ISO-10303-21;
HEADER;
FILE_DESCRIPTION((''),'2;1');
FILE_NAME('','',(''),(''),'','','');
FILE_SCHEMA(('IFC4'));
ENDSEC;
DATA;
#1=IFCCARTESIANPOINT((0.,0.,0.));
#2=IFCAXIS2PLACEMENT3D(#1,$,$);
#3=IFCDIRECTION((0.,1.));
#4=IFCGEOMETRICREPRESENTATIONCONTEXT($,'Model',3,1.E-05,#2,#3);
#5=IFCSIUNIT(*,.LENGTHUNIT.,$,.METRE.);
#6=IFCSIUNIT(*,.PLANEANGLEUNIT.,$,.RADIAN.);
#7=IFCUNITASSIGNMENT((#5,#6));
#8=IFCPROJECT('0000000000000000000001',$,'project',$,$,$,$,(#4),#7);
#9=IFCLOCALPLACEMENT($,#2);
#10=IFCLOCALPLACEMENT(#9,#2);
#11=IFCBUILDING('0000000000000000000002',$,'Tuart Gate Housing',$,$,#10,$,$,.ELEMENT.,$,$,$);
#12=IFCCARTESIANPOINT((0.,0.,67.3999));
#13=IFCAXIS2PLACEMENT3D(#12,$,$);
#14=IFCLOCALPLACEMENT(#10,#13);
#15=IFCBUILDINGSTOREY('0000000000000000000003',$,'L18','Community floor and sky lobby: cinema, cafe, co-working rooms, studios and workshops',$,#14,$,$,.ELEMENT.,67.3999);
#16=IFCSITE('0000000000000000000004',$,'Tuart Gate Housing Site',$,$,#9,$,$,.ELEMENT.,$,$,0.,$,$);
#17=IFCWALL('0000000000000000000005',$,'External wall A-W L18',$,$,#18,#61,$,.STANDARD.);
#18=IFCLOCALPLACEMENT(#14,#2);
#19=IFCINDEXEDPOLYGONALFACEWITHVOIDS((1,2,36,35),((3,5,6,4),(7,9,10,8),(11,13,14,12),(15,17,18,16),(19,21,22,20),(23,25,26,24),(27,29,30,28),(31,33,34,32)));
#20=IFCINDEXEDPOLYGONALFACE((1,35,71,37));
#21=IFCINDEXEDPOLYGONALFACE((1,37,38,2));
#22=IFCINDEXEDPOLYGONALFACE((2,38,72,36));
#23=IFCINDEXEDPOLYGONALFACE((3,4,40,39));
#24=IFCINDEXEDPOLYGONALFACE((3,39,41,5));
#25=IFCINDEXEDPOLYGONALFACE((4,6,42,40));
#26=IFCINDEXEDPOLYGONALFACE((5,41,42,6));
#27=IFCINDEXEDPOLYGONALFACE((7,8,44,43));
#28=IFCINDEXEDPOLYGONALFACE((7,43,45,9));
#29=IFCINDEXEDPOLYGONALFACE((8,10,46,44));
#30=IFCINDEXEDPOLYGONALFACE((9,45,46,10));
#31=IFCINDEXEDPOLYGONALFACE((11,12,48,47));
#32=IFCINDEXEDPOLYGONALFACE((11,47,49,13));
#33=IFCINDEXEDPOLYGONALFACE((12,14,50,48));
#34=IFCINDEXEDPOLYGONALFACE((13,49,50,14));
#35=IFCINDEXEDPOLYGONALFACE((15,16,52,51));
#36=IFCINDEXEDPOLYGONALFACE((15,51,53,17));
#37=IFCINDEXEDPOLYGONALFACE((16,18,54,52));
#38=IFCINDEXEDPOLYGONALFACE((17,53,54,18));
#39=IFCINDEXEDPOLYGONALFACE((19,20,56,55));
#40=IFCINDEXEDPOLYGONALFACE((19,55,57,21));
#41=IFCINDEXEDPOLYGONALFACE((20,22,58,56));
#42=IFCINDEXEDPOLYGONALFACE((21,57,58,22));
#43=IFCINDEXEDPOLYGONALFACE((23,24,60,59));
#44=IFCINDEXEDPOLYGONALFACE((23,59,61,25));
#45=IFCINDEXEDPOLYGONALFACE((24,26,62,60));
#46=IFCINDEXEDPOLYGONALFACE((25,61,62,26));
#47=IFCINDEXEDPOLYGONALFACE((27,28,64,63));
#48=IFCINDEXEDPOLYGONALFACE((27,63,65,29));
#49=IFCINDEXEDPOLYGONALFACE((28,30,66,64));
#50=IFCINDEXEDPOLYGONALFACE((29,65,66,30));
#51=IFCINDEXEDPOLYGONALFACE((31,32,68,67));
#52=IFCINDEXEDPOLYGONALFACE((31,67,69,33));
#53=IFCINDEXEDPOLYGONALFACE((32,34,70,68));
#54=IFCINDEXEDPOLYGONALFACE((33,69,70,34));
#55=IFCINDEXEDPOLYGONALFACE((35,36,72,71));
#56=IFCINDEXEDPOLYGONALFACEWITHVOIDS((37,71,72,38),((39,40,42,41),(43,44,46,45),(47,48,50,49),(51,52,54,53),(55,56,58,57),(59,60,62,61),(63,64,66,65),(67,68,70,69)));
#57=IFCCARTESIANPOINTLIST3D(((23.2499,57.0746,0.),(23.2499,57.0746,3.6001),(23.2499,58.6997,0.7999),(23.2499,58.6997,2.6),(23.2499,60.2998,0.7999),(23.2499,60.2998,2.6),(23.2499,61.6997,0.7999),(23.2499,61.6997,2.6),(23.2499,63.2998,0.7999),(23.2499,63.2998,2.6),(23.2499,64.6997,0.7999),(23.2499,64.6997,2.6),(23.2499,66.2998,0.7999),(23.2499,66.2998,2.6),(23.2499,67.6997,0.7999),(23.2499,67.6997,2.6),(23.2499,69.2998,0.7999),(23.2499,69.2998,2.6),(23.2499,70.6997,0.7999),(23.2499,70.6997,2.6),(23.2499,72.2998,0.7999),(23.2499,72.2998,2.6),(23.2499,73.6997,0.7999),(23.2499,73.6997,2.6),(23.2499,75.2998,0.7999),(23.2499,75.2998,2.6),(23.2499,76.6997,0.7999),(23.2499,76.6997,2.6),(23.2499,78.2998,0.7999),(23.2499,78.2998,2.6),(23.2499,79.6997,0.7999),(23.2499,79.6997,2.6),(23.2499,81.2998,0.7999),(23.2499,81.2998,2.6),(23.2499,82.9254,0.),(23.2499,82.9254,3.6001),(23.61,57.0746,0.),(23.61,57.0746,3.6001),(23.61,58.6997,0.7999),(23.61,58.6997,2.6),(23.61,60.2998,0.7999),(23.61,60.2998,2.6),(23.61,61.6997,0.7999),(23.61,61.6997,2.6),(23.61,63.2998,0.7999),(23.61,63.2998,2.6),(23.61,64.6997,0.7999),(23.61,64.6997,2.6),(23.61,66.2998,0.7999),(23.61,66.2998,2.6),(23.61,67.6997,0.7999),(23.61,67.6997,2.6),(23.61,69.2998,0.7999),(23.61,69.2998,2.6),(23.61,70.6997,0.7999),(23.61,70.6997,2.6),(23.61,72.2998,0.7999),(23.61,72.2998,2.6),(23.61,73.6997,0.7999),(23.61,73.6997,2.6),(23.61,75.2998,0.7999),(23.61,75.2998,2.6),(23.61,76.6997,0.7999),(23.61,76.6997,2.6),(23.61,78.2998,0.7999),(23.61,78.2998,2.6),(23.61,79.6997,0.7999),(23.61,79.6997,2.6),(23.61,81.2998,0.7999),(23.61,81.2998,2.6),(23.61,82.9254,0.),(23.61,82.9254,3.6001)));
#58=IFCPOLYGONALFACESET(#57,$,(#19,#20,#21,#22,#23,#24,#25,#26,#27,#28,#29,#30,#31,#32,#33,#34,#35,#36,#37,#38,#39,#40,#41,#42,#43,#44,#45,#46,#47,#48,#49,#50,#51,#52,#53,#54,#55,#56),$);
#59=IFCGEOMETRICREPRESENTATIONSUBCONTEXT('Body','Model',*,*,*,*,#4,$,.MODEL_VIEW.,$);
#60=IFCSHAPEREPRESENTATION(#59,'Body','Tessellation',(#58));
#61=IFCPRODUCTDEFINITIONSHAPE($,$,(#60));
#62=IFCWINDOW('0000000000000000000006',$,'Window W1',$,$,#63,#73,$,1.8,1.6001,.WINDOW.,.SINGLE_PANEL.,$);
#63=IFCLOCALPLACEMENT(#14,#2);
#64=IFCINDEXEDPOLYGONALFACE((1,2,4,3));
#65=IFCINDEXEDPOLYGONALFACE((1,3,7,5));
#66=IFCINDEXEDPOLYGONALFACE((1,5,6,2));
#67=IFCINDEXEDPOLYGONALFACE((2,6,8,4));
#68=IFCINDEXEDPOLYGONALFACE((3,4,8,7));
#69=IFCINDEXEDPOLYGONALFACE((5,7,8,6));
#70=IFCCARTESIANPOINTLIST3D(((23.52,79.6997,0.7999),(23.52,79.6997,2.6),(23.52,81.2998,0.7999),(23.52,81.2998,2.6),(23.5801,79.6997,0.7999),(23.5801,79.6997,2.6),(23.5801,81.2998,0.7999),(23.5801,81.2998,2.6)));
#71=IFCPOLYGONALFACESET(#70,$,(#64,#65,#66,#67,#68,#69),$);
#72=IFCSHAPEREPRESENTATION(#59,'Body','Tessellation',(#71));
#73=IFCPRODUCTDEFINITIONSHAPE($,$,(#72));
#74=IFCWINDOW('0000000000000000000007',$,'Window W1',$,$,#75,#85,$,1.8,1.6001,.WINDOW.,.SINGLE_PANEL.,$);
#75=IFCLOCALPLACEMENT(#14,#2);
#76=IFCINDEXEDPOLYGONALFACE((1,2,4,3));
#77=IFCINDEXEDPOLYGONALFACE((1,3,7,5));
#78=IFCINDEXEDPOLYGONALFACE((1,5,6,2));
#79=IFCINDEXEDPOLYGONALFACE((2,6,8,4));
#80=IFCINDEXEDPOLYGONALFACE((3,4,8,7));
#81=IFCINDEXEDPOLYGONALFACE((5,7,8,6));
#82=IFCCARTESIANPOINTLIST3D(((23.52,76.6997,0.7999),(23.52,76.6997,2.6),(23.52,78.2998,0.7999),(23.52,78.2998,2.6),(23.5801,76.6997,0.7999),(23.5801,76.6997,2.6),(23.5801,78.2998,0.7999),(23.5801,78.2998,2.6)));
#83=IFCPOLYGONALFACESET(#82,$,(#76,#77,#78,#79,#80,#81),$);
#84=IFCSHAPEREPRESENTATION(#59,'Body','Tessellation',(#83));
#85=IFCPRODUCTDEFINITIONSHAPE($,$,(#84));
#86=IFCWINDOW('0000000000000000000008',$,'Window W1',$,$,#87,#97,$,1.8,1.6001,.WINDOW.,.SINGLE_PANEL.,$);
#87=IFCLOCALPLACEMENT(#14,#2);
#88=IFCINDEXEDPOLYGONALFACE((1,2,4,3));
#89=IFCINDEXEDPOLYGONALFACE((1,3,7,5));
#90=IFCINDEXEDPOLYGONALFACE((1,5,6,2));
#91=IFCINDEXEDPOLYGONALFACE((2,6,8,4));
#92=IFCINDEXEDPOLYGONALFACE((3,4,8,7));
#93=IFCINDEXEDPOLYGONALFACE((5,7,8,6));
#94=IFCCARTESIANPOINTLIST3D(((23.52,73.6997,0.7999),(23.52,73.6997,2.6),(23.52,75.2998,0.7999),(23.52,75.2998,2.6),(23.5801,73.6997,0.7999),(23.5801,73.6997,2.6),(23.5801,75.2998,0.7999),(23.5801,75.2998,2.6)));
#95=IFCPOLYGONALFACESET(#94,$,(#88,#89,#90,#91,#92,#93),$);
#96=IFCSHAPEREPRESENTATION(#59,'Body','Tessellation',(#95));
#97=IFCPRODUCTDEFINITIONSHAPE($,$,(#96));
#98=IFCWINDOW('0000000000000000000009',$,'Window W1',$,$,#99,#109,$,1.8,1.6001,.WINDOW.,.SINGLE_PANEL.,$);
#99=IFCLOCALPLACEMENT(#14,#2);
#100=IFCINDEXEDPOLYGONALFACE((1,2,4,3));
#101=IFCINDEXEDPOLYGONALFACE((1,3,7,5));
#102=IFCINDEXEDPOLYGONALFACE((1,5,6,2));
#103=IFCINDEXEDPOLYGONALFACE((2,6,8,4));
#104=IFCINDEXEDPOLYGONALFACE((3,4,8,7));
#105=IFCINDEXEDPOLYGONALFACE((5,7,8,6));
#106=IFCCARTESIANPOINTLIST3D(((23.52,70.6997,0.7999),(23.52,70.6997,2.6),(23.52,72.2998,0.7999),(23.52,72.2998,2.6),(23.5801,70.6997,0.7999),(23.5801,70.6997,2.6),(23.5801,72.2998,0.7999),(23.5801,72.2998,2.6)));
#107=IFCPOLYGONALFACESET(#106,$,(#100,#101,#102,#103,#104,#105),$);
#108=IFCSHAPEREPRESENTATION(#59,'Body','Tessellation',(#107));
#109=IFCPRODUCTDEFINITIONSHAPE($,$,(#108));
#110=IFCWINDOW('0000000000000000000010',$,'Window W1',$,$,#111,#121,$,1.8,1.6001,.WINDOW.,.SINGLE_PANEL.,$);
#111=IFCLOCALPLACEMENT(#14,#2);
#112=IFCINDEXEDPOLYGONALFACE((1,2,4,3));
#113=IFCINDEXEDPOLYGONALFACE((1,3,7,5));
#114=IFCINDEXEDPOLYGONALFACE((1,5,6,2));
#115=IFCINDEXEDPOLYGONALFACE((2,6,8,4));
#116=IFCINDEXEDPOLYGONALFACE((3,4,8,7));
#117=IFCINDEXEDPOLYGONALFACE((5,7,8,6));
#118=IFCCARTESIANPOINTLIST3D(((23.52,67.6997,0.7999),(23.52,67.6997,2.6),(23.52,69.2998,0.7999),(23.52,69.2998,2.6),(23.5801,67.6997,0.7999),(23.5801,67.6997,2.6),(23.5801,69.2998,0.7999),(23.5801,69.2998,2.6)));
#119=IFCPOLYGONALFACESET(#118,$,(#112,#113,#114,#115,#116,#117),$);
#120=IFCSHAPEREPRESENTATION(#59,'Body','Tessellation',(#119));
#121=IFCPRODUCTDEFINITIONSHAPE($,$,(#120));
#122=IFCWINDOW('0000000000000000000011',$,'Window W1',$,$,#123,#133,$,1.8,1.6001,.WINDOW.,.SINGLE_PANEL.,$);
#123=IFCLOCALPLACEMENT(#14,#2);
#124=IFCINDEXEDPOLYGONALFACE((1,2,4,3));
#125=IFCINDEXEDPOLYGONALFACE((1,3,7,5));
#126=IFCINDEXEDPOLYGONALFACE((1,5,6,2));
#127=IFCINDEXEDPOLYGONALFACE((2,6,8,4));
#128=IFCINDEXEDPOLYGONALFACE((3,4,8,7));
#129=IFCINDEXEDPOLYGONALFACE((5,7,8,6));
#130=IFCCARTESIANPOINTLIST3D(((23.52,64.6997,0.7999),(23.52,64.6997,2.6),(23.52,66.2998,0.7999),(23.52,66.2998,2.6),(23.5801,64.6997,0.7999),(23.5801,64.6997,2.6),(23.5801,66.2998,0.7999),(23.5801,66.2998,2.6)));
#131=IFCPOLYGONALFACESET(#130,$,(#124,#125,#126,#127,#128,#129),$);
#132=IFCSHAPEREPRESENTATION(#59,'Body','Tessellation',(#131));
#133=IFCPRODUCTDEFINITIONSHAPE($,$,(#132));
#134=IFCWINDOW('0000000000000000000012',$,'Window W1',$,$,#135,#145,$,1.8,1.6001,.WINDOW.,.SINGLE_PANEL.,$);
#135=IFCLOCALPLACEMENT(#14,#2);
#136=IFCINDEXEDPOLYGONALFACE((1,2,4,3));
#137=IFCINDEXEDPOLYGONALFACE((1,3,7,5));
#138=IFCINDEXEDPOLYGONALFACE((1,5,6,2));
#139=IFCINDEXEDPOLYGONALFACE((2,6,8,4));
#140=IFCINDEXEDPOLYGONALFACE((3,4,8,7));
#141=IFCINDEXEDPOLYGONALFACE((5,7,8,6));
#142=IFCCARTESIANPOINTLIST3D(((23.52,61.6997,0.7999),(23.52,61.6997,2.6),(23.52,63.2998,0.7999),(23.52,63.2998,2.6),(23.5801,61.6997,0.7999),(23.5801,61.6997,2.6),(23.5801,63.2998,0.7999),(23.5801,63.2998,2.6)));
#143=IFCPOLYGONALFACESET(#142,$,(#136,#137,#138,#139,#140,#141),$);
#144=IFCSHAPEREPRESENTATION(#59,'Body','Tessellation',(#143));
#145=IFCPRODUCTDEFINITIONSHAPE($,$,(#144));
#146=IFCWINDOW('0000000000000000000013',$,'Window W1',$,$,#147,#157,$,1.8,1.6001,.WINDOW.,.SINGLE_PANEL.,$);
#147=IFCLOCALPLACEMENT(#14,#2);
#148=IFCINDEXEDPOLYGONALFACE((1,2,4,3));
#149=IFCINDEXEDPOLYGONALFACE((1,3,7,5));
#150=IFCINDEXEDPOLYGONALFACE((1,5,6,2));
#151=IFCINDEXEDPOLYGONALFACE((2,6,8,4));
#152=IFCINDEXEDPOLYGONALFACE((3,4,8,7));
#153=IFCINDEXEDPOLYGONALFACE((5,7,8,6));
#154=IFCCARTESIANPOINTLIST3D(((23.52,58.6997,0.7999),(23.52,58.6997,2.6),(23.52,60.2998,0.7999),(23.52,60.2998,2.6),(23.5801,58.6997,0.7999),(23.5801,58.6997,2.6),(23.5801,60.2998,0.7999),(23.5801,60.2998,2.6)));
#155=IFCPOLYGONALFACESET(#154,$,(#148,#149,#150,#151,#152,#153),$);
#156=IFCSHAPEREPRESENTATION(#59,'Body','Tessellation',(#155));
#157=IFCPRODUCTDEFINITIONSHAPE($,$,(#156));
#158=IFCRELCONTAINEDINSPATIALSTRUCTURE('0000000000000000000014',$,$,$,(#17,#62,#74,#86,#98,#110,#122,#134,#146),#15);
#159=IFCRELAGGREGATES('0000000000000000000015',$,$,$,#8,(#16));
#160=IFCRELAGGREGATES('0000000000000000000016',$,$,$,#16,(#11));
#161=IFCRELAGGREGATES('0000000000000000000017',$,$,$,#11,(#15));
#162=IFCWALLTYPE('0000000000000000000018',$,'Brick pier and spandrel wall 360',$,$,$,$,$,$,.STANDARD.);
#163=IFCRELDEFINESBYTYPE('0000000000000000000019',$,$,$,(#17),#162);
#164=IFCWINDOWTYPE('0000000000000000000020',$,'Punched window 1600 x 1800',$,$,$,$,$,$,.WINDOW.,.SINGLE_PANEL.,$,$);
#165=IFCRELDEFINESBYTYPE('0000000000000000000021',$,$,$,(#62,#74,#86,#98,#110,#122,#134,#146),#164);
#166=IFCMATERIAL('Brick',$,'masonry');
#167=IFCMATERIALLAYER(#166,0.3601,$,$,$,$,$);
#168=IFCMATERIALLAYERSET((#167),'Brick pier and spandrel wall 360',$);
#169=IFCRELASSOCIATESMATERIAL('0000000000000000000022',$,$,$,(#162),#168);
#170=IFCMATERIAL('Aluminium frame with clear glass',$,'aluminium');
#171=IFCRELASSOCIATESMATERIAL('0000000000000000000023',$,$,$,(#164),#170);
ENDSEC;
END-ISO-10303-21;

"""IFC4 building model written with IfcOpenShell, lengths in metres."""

from ifc_helpers import new_model, si_unit, direction, frame, frame_2d, origin, place, context, subcontext, project, spatial, rectangle, extrude, material, layer, layer_set, type_object, element, fill, save


model = new_model("IFC4")

# Units and contexts
model_context = context("Model", 3, precision=1e-05, world=origin(), true_north=direction((0.0, 1.0)))
body_context = subcontext(model_context, "Body", "Model", "MODEL_VIEW")
ifc_project = project(units=[si_unit("LENGTHUNIT", "METRE"), si_unit("PLANEANGLEUNIT", "RADIAN")], contexts=[model_context])

# Site, building, storey
site_placement = place(None, origin())
site = spatial("IfcSite", under=ifc_project, at=site_placement, Name="Tuart Gate Housing Site", CompositionType="ELEMENT", RefElevation=0.0)
building_placement = place(site_placement, origin())
building = spatial("IfcBuilding", under=site, at=building_placement, Name="Tuart Gate Housing", CompositionType="ELEMENT")
storey_placement = place(building_placement, frame((0.0, 0.0, 67.3999)))
storey = spatial("IfcBuildingStorey", under=building, at=storey_placement, Name="L18", Description="Community floor and sky lobby: cinema, cafe, co-working rooms, studios and workshops", CompositionType="ELEMENT", Elevation=67.3999)

# Shared definitions
ifc_material_1 = material(Name="Brick", Category="masonry")
ifc_layer_1 = layer(ifc_material_1, 0.3601)
ifc_layer_set_1 = layer_set([ifc_layer_1], Name="Brick pier and spandrel wall 360")
wall_type = type_object("IfcWallType", Name="Brick pier and spandrel wall 360", PredefinedType="STANDARD", material=ifc_layer_set_1)

# Wall, openings, windows
wall_1_placement = place(storey_placement, frame((23.4299, 82.9253, 0.0), z_axis=(0.0, 0.0, 1.0), x_axis=(0.0, -1.0, 0.0)))
wall_1 = element("IfcWall", 1, at=wall_1_placement, inside=storey, type_object=wall_type, Name="External wall A-W L18", PredefinedType="STANDARD", context=body_context, shape_type="SweptSolid", body=[
    extrude(rectangle(XDim=25.8508, YDim=0.3601, at=frame_2d((12.9253, 0.0))), origin(), (0.0, 0.0, 1.0), 3.6001),
])
opening_1_placement = place(wall_1_placement, frame((1.6255, 0.0, 0.8)))
opening_1 = element("IfcOpeningElement", 2, at=opening_1_placement, cuts=wall_1, PredefinedType="OPENING", context=body_context, shape_type="SweptSolid", body=[
    extrude(rectangle(XDim=1.6001, YDim=1.8, at=frame_2d((0.8, 0.8999))), frame((0.0, 0.1899, 0.0), z_axis=(0.0, -1.0, 0.0), x_axis=(1.0, 0.0, 0.0)), (0.0, 0.0, 1.0), 0.3801),
])
opening_2_placement = place(wall_1_placement, frame((4.6255, 0.0, 0.8)))
opening_2 = element("IfcOpeningElement", 3, at=opening_2_placement, cuts=wall_1, PredefinedType="OPENING", context=body_context, shape_type="SweptSolid", body=[
    extrude(rectangle(XDim=1.6001, YDim=1.8, at=frame_2d((0.8, 0.8999))), frame((0.0, 0.1899, 0.0), z_axis=(0.0, -1.0, 0.0), x_axis=(1.0, 0.0, 0.0)), (0.0, 0.0, 1.0), 0.3801),
])
opening_3_placement = place(wall_1_placement, frame((7.6255, 0.0, 0.8)))
opening_3 = element("IfcOpeningElement", 4, at=opening_3_placement, cuts=wall_1, PredefinedType="OPENING", context=body_context, shape_type="SweptSolid", body=[
    extrude(rectangle(XDim=1.6001, YDim=1.8, at=frame_2d((0.8, 0.8999))), frame((0.0, 0.1899, 0.0), z_axis=(0.0, -1.0, 0.0), x_axis=(1.0, 0.0, 0.0)), (0.0, 0.0, 1.0), 0.3801),
])
opening_4_placement = place(wall_1_placement, frame((10.6255, 0.0, 0.8)))
opening_4 = element("IfcOpeningElement", 5, at=opening_4_placement, cuts=wall_1, PredefinedType="OPENING", context=body_context, shape_type="SweptSolid", body=[
    extrude(rectangle(XDim=1.6001, YDim=1.8, at=frame_2d((0.8, 0.8999))), frame((0.0, 0.1899, 0.0), z_axis=(0.0, -1.0, 0.0), x_axis=(1.0, 0.0, 0.0)), (0.0, 0.0, 1.0), 0.3801),
])
opening_5_placement = place(wall_1_placement, frame((13.6255, 0.0, 0.8)))
opening_5 = element("IfcOpeningElement", 6, at=opening_5_placement, cuts=wall_1, PredefinedType="OPENING", context=body_context, shape_type="SweptSolid", body=[
    extrude(rectangle(XDim=1.6001, YDim=1.8, at=frame_2d((0.8, 0.8999))), frame((0.0, 0.1899, 0.0), z_axis=(0.0, -1.0, 0.0), x_axis=(1.0, 0.0, 0.0)), (0.0, 0.0, 1.0), 0.3801),
])
opening_6_placement = place(wall_1_placement, frame((16.6255, 0.0, 0.8)))
opening_6 = element("IfcOpeningElement", 7, at=opening_6_placement, cuts=wall_1, PredefinedType="OPENING", context=body_context, shape_type="SweptSolid", body=[
    extrude(rectangle(XDim=1.6001, YDim=1.8, at=frame_2d((0.8, 0.8999))), frame((0.0, 0.1899, 0.0), z_axis=(0.0, -1.0, 0.0), x_axis=(1.0, 0.0, 0.0)), (0.0, 0.0, 1.0), 0.3801),
])
opening_7_placement = place(wall_1_placement, frame((19.6255, 0.0, 0.8)))
opening_7 = element("IfcOpeningElement", 8, at=opening_7_placement, cuts=wall_1, PredefinedType="OPENING", context=body_context, shape_type="SweptSolid", body=[
    extrude(rectangle(XDim=1.6001, YDim=1.8, at=frame_2d((0.8, 0.8999))), frame((0.0, 0.1899, 0.0), z_axis=(0.0, -1.0, 0.0), x_axis=(1.0, 0.0, 0.0)), (0.0, 0.0, 1.0), 0.3801),
])
opening_8_placement = place(wall_1_placement, frame((22.6255, 0.0, 0.8)))
opening_8 = element("IfcOpeningElement", 9, at=opening_8_placement, cuts=wall_1, PredefinedType="OPENING", context=body_context, shape_type="SweptSolid", body=[
    extrude(rectangle(XDim=1.6001, YDim=1.8, at=frame_2d((0.8, 0.8999))), frame((0.0, 0.1899, 0.0), z_axis=(0.0, -1.0, 0.0), x_axis=(1.0, 0.0, 0.0)), (0.0, 0.0, 1.0), 0.3801),
])
ifc_material_2 = material(Name="Aluminium frame with clear glass", Category="aluminium")
window_type = type_object("IfcWindowType", Name="Punched window 1600 x 1800", PartitioningType="SINGLE_PANEL", PredefinedType="WINDOW", material=ifc_material_2)
window_1_placement = place(opening_1_placement, origin())
window_1 = element("IfcWindow", 10, at=window_1_placement, inside=storey, type_object=window_type, Name="Window W1", OverallHeight=1.8, OverallWidth=1.6001, PartitioningType="SINGLE_PANEL", PredefinedType="WINDOW", context=body_context, shape_type="SweptSolid", body=[
    extrude(rectangle(XDim=1.6001, YDim=1.8, at=frame_2d((0.8, 0.8999))), frame((0.0, 0.1501, 0.0), z_axis=(0.0, -1.0, 0.0), x_axis=(1.0, 0.0, 0.0)), (0.0, 0.0, 1.0), 0.0601),
])
fill(opening_1, window_1)
window_2_placement = place(opening_2_placement, origin())
window_2 = element("IfcWindow", 11, at=window_2_placement, inside=storey, type_object=window_type, Name="Window W1", OverallHeight=1.8, OverallWidth=1.6001, PartitioningType="SINGLE_PANEL", PredefinedType="WINDOW", context=body_context, shape_type="SweptSolid", body=[
    extrude(rectangle(XDim=1.6001, YDim=1.8, at=frame_2d((0.8, 0.8999))), frame((0.0, 0.1501, 0.0), z_axis=(0.0, -1.0, 0.0), x_axis=(1.0, 0.0, 0.0)), (0.0, 0.0, 1.0), 0.0601),
])
fill(opening_2, window_2)
window_3_placement = place(opening_3_placement, origin())
window_3 = element("IfcWindow", 12, at=window_3_placement, inside=storey, type_object=window_type, Name="Window W1", OverallHeight=1.8, OverallWidth=1.6001, PartitioningType="SINGLE_PANEL", PredefinedType="WINDOW", context=body_context, shape_type="SweptSolid", body=[
    extrude(rectangle(XDim=1.6001, YDim=1.8, at=frame_2d((0.8, 0.8999))), frame((0.0, 0.1501, 0.0), z_axis=(0.0, -1.0, 0.0), x_axis=(1.0, 0.0, 0.0)), (0.0, 0.0, 1.0), 0.0601),
])
fill(opening_3, window_3)
window_4_placement = place(opening_4_placement, origin())
window_4 = element("IfcWindow", 13, at=window_4_placement, inside=storey, type_object=window_type, Name="Window W1", OverallHeight=1.8, OverallWidth=1.6001, PartitioningType="SINGLE_PANEL", PredefinedType="WINDOW", context=body_context, shape_type="SweptSolid", body=[
    extrude(rectangle(XDim=1.6001, YDim=1.8, at=frame_2d((0.8, 0.8999))), frame((0.0, 0.1501, 0.0), z_axis=(0.0, -1.0, 0.0), x_axis=(1.0, 0.0, 0.0)), (0.0, 0.0, 1.0), 0.0601),
])
fill(opening_4, window_4)
window_5_placement = place(opening_5_placement, origin())
window_5 = element("IfcWindow", 14, at=window_5_placement, inside=storey, type_object=window_type, Name="Window W1", OverallHeight=1.8, OverallWidth=1.6001, PartitioningType="SINGLE_PANEL", PredefinedType="WINDOW", context=body_context, shape_type="SweptSolid", body=[
    extrude(rectangle(XDim=1.6001, YDim=1.8, at=frame_2d((0.8, 0.8999))), frame((0.0, 0.1501, 0.0), z_axis=(0.0, -1.0, 0.0), x_axis=(1.0, 0.0, 0.0)), (0.0, 0.0, 1.0), 0.0601),
])
fill(opening_5, window_5)
window_6_placement = place(opening_6_placement, origin())
window_6 = element("IfcWindow", 15, at=window_6_placement, inside=storey, type_object=window_type, Name="Window W1", OverallHeight=1.8, OverallWidth=1.6001, PartitioningType="SINGLE_PANEL", PredefinedType="WINDOW", context=body_context, shape_type="SweptSolid", body=[
    extrude(rectangle(XDim=1.6001, YDim=1.8, at=frame_2d((0.8, 0.8999))), frame((0.0, 0.1501, 0.0), z_axis=(0.0, -1.0, 0.0), x_axis=(1.0, 0.0, 0.0)), (0.0, 0.0, 1.0), 0.0601),
])
fill(opening_6, window_6)
window_7_placement = place(opening_7_placement, origin())
window_7 = element("IfcWindow", 16, at=window_7_placement, inside=storey, type_object=window_type, Name="Window W1", OverallHeight=1.8, OverallWidth=1.6001, PartitioningType="SINGLE_PANEL", PredefinedType="WINDOW", context=body_context, shape_type="SweptSolid", body=[
    extrude(rectangle(XDim=1.6001, YDim=1.8, at=frame_2d((0.8, 0.8999))), frame((0.0, 0.1501, 0.0), z_axis=(0.0, -1.0, 0.0), x_axis=(1.0, 0.0, 0.0)), (0.0, 0.0, 1.0), 0.0601),
])
fill(opening_7, window_7)
window_8_placement = place(opening_8_placement, origin())
window_8 = element("IfcWindow", 17, at=window_8_placement, inside=storey, type_object=window_type, Name="Window W1", OverallHeight=1.8, OverallWidth=1.6001, PartitioningType="SINGLE_PANEL", PredefinedType="WINDOW", context=body_context, shape_type="SweptSolid", body=[
    extrude(rectangle(XDim=1.6001, YDim=1.8, at=frame_2d((0.8, 0.8999))), frame((0.0, 0.1501, 0.0), z_axis=(0.0, -1.0, 0.0), x_axis=(1.0, 0.0, 0.0)), (0.0, 0.0, 1.0), 0.0601),
])
fill(opening_8, window_8)

save(model, "model.ifc")
